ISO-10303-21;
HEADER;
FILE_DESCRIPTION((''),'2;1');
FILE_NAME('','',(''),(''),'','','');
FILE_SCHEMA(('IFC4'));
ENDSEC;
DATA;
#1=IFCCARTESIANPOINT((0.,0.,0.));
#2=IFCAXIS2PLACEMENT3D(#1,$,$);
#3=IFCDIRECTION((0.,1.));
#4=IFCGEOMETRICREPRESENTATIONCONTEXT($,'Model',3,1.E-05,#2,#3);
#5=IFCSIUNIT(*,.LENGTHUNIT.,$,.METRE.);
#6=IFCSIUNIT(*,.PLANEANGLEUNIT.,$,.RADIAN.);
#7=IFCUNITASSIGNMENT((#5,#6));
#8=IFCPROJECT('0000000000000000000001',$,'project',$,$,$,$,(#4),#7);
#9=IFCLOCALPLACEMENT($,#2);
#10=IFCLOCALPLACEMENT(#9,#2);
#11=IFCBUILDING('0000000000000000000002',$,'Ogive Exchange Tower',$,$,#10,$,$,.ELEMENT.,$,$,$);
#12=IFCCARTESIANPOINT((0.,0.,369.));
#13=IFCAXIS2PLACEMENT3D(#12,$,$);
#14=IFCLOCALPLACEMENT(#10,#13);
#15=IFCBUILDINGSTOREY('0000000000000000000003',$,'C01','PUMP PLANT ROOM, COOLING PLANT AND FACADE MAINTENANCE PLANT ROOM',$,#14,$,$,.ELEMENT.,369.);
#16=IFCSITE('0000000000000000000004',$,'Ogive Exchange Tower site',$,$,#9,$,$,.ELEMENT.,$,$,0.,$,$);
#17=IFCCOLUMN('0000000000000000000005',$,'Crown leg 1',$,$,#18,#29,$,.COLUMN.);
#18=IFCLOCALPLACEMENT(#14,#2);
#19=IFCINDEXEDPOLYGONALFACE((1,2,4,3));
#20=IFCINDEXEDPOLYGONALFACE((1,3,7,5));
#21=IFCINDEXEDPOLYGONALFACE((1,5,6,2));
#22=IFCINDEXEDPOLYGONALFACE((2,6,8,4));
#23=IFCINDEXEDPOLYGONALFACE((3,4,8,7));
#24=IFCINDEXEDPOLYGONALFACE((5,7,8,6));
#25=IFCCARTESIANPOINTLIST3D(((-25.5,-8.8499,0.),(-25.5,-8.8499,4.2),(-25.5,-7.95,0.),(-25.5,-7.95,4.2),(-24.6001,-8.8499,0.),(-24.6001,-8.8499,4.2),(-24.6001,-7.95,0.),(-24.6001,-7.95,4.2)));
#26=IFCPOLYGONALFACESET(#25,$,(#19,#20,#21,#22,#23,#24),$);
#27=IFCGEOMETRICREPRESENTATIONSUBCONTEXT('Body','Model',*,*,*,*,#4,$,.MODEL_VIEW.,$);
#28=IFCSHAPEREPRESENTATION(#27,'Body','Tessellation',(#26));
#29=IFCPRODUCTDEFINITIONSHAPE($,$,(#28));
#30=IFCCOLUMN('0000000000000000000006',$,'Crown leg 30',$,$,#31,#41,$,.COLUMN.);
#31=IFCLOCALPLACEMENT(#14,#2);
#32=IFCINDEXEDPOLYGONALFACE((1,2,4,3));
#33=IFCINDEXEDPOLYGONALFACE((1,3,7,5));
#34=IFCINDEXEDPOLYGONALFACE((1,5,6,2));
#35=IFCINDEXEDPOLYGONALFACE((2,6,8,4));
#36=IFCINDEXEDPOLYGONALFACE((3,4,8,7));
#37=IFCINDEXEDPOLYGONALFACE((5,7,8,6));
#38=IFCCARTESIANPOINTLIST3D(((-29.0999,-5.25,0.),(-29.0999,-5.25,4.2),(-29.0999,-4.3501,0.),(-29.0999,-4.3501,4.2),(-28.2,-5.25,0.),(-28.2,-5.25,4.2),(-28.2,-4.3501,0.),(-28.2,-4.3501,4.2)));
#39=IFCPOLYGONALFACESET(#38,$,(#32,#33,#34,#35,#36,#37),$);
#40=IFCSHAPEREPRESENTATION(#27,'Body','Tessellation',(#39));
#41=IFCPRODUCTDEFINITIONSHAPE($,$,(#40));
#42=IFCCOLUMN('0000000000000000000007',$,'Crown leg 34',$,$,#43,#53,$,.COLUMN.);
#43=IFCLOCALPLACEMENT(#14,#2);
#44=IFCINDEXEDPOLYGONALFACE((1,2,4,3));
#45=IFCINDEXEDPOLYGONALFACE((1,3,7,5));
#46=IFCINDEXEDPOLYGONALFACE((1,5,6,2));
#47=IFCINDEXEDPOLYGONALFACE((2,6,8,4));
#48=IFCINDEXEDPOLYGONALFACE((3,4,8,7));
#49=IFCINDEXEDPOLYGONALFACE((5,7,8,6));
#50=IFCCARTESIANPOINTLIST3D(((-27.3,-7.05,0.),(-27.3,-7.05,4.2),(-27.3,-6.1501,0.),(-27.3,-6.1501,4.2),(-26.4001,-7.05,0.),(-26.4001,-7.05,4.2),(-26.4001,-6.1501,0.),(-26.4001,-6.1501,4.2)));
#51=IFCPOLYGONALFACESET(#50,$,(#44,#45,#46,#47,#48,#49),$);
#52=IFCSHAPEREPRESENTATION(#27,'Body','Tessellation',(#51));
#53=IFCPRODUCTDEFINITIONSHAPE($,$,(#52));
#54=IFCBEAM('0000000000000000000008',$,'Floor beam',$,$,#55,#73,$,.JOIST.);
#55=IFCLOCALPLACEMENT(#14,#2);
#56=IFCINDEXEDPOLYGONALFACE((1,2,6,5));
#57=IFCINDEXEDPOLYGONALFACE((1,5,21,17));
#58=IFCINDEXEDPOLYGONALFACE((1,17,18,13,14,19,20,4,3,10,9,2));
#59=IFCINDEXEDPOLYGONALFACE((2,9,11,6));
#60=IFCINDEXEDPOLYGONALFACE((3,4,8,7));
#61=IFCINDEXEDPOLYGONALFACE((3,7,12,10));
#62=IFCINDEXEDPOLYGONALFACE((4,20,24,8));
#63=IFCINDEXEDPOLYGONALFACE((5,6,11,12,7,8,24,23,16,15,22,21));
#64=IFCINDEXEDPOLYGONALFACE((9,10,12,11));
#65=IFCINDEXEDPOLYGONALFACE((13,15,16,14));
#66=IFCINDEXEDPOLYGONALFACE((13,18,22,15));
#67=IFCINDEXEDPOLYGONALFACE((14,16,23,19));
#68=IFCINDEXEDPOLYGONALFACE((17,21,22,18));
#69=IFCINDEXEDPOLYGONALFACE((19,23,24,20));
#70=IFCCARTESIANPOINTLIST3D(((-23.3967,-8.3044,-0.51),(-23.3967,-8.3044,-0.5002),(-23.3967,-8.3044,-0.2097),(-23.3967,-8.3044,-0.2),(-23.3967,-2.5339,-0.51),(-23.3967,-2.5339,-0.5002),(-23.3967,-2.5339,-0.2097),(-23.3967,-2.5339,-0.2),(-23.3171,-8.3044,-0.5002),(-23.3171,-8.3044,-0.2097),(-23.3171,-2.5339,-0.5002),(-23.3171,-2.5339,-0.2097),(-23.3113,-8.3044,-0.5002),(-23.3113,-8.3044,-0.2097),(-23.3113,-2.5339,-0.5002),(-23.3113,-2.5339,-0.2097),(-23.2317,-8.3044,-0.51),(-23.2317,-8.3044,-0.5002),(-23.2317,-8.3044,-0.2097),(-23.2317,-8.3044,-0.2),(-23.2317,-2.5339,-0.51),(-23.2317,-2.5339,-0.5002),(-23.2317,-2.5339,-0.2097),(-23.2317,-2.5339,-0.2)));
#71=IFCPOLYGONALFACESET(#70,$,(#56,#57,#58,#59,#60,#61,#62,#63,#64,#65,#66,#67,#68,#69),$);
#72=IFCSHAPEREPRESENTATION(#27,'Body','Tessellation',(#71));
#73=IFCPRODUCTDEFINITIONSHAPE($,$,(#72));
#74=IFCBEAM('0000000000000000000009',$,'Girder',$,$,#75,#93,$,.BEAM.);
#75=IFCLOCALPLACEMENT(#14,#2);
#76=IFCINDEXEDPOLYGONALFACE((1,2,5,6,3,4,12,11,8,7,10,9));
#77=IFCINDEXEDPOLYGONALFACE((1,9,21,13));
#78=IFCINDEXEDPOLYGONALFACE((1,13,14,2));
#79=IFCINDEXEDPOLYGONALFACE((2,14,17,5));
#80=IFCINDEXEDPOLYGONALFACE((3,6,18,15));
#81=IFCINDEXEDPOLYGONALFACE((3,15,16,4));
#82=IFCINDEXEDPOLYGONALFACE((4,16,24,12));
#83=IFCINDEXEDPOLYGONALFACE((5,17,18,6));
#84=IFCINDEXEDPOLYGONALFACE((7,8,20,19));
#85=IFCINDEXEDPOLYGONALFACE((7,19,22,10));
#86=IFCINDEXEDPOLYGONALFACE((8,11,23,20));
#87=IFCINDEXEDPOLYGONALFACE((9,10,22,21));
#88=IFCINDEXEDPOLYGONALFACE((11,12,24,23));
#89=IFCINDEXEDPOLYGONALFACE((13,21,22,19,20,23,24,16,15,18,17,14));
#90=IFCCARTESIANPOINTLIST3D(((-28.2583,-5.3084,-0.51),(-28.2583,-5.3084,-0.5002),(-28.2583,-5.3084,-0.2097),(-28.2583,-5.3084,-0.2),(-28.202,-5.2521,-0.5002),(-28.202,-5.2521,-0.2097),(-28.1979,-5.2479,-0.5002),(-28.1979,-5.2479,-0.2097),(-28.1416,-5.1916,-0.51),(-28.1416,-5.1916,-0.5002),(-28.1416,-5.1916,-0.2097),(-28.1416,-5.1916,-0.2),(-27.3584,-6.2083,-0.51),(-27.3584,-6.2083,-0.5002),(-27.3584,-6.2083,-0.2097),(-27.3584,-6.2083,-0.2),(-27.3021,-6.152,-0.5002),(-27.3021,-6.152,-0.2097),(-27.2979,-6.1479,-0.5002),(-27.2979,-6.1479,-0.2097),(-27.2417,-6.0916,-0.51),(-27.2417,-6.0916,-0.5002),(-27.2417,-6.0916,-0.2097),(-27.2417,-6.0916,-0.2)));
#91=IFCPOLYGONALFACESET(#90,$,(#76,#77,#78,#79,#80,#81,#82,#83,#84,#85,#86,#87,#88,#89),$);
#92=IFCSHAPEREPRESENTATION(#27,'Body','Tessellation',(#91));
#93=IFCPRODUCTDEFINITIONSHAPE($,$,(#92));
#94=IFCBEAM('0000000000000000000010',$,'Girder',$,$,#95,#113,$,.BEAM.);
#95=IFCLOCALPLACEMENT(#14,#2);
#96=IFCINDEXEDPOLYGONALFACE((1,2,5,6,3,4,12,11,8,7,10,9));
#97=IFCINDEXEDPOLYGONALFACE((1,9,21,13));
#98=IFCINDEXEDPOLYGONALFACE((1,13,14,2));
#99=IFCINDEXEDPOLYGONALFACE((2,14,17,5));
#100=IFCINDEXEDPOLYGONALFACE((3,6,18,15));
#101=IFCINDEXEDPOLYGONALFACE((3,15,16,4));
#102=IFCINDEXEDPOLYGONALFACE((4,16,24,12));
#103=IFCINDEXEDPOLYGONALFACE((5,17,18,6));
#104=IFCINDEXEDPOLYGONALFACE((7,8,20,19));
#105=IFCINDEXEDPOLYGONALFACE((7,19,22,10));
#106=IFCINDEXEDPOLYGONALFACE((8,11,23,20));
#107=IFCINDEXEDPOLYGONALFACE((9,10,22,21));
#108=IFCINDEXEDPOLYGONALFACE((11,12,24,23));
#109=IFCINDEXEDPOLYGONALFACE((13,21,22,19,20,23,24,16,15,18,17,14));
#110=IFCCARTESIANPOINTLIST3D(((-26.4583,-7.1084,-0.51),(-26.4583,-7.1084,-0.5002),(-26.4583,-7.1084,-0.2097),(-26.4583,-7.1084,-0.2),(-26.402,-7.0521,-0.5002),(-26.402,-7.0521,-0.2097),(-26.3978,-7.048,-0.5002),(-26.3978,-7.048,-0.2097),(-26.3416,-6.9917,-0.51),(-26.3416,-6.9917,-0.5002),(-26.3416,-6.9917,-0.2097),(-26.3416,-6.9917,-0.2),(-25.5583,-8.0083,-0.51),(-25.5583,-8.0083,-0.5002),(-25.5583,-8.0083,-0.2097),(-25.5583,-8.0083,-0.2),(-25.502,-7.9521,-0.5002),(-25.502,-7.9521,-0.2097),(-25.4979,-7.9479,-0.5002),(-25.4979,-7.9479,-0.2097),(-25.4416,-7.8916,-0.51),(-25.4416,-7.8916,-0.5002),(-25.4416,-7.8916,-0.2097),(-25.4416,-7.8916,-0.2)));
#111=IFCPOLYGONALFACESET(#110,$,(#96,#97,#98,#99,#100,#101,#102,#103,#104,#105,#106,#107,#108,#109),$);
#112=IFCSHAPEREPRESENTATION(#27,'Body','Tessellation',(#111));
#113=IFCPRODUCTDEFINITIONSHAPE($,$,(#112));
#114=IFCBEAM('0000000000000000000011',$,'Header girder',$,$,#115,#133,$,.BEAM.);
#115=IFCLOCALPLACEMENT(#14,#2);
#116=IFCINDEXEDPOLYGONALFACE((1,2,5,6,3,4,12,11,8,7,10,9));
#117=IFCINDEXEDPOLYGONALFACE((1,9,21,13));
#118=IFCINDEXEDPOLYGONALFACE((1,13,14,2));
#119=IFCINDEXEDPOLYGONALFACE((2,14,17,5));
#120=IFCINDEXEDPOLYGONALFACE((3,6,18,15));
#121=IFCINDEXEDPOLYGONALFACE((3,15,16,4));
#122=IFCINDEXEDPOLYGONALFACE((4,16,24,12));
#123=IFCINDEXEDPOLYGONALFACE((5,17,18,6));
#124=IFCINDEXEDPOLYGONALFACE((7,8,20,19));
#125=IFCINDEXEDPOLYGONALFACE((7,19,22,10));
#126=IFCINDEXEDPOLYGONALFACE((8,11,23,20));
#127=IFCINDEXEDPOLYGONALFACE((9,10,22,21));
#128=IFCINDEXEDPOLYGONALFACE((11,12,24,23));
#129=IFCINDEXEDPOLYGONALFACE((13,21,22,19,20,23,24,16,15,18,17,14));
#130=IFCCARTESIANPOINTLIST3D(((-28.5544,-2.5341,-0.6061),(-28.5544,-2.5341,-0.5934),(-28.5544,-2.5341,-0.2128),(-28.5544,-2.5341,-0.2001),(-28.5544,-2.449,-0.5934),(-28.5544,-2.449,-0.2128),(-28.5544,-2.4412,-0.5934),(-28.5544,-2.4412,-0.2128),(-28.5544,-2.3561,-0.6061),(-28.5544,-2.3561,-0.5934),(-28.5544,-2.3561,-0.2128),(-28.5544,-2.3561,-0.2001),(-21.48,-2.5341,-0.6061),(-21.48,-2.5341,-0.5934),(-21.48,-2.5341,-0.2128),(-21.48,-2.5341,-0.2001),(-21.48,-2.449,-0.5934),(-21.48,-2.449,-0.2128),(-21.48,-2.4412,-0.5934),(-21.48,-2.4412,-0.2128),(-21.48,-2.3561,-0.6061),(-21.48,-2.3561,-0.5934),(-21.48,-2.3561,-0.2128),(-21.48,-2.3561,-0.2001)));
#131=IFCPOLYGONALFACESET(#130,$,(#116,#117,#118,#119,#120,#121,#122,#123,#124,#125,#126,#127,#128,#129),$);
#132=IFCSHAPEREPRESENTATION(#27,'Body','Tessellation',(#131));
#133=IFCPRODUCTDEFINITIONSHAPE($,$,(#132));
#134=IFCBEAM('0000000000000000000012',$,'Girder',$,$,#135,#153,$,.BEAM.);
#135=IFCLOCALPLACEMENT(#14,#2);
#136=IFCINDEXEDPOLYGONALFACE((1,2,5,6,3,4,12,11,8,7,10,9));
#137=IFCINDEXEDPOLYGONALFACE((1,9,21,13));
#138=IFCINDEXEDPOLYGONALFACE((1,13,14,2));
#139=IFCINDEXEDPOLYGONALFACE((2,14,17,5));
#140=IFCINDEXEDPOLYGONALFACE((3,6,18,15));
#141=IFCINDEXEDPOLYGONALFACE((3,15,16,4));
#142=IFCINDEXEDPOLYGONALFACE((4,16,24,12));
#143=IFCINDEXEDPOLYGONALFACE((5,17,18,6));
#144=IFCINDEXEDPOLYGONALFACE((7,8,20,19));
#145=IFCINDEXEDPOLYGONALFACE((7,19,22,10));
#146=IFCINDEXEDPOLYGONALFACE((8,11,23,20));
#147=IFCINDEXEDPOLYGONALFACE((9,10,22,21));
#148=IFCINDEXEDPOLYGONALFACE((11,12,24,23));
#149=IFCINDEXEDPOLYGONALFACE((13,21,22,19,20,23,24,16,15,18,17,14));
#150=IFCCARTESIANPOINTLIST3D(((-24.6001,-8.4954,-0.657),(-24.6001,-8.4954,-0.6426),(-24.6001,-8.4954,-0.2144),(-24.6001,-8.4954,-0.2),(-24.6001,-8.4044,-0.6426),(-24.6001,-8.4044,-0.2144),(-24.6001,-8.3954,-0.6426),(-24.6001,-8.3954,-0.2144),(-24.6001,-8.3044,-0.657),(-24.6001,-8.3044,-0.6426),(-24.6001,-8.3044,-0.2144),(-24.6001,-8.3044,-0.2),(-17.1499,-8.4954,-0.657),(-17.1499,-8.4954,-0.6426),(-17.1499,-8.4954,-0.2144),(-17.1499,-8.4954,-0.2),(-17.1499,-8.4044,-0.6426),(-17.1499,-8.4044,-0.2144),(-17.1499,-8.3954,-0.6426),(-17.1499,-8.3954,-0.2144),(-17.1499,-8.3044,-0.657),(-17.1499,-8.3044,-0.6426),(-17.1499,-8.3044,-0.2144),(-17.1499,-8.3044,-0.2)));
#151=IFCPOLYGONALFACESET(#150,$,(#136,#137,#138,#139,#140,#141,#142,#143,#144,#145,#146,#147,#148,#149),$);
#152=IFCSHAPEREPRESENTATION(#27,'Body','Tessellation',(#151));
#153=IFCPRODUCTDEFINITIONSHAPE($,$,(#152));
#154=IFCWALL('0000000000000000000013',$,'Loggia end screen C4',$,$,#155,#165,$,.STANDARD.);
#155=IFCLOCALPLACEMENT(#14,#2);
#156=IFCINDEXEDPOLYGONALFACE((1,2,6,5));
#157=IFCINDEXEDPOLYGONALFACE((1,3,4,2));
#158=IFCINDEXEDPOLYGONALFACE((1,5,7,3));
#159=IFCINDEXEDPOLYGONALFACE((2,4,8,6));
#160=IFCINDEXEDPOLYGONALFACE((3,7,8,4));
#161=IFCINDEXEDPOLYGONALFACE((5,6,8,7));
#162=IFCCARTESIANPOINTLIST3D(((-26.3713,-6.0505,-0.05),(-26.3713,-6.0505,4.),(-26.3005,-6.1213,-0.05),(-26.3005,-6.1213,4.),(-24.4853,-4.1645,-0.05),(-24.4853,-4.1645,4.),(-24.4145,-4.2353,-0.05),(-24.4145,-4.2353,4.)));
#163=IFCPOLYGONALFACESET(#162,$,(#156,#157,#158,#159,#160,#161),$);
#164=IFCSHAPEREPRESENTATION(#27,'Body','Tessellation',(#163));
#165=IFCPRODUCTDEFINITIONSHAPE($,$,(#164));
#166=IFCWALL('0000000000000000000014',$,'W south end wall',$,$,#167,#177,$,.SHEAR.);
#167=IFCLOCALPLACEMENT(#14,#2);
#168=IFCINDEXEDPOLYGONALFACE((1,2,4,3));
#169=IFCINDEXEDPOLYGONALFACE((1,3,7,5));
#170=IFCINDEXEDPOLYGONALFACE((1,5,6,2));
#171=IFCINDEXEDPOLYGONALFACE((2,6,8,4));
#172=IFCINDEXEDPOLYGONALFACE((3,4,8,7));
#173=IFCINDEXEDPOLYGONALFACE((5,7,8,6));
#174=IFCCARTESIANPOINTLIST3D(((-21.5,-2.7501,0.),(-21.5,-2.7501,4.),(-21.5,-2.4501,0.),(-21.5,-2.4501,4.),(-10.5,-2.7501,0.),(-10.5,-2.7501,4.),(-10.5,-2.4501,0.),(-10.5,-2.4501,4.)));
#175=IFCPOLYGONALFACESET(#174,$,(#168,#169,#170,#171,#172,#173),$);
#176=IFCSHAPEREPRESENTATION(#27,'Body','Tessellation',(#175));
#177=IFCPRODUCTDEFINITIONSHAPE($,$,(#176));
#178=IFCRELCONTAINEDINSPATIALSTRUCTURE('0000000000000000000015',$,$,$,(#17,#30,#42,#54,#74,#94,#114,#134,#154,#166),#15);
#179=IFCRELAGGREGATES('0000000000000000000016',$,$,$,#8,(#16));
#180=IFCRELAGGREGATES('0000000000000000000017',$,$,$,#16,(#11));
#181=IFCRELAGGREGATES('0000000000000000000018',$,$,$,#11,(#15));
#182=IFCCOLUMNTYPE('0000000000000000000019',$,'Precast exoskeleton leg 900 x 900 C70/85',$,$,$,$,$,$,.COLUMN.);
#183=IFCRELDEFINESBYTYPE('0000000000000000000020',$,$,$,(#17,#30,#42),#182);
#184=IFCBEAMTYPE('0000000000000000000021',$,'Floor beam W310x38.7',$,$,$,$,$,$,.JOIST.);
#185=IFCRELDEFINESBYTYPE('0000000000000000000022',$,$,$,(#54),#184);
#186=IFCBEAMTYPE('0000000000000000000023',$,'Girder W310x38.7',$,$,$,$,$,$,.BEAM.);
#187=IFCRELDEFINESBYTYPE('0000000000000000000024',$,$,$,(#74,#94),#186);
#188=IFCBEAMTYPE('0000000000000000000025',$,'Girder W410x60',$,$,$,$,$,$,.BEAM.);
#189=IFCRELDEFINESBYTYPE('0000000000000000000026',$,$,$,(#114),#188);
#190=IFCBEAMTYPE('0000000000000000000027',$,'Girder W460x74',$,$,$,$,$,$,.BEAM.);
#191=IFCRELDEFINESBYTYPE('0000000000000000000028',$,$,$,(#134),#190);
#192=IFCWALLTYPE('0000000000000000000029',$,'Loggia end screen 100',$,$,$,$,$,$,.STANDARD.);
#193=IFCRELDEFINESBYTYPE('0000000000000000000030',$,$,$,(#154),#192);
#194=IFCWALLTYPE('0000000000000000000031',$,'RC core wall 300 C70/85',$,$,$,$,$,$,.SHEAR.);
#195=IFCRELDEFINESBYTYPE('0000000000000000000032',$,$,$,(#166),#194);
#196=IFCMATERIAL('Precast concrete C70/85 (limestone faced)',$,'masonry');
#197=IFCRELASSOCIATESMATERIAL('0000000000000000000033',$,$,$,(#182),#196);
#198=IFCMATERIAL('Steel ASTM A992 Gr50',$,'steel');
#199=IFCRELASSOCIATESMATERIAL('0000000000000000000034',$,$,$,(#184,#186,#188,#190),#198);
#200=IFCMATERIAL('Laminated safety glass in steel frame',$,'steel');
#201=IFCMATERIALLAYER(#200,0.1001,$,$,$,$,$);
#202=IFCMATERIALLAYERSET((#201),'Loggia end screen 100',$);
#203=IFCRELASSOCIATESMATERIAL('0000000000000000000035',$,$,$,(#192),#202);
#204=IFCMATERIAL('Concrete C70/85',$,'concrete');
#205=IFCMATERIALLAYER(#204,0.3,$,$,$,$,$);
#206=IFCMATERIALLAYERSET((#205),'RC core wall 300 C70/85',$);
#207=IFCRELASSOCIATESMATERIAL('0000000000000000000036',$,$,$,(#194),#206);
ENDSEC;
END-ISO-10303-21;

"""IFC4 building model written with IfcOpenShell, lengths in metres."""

from ifc_helpers import new_model, si_unit, direction, frame, frame_2d, origin, origin_2d, place, context, subcontext, project, spatial, rectangle, i_section, extrude, material, layer, layer_set, material_profile, profile_set, type_object, element, save


model = new_model("IFC4")

# Units and contexts
model_context = context("Model", 3, precision=1e-05, world=origin(), true_north=direction((0.0, 1.0)))
body_context = subcontext(model_context, "Body", "Model", "MODEL_VIEW")
ifc_project = project(units=[si_unit("LENGTHUNIT", "METRE"), si_unit("PLANEANGLEUNIT", "RADIAN")], contexts=[model_context])

# Site, building, storey
site_placement = place(None, origin())
site = spatial("IfcSite", under=ifc_project, at=site_placement, Name="Ogive Exchange Tower site", CompositionType="ELEMENT", RefElevation=0.0)
building_placement = place(site_placement, origin())
building = spatial("IfcBuilding", under=site, at=building_placement, Name="Ogive Exchange Tower", CompositionType="ELEMENT")
storey_placement = place(building_placement, frame((0.0, 0.0, 369.0)))
storey = spatial("IfcBuildingStorey", under=building, at=storey_placement, Name="C01", Description="PUMP PLANT ROOM, COOLING PLANT AND FACADE MAINTENANCE PLANT ROOM", CompositionType="ELEMENT", Elevation=369.0)

# Columns
ifc_material_1 = material(Name="Precast concrete C70/85 (limestone faced)", Category="masonry")
ifc_material_profile_1 = material_profile(ifc_material_1, rectangle(XDim=0.8999, YDim=0.8999, at=origin_2d()), Name="900 x 900")
ifc_profile_set_1 = profile_set([ifc_material_profile_1], Name="Precast concrete C70/85 (limestone faced)")
column_type = type_object("IfcColumnType", Name="Precast exoskeleton leg 900 x 900 C70/85", PredefinedType="COLUMN", material=ifc_profile_set_1)
for number, where, z_axis, x_axis, name in (
    (1, (-25.05, -8.3999, 0.0), (0.0, 0.0, 1.0), (1.0, 0.0, 0.0), "Crown leg 1"),
    (2, (-28.6499, -4.8, 0.0), (0.0, 0.0, 1.0), (1.0, 0.0, 0.0), "Crown leg 30"),
    (3, (-26.8501, -6.6001, 0.0), (0.0, 0.0, 1.0), (1.0, 0.0, 0.0), "Crown leg 34"),
):
    element("IfcColumn", number, at=place(storey_placement, frame(where, z_axis=z_axis, x_axis=x_axis)), inside=storey, type_object=column_type, Name=name, PredefinedType="COLUMN", context=body_context, shape_type="SweptSolid", body=[
        extrude(rectangle(XDim=0.8999, YDim=0.8999, at=origin_2d()), origin(), (0.0, 0.0, 1.0), 4.2),
    ])

# Beams
ifc_material_2 = material(Name="Steel ASTM A992 Gr50", Category="steel")
ifc_material_profile_2 = material_profile(ifc_material_2, i_section(OverallWidth=0.165, OverallDepth=0.3101, WebThickness=0.0059, FlangeThickness=0.0098, at=origin_2d()), Name="W310x38.7")
ifc_profile_set_2 = profile_set([ifc_material_profile_2], Name="Steel ASTM A992 Gr50")
beam_type_1 = type_object("IfcBeamType", Name="Floor beam W310x38.7", PredefinedType="JOIST", material=ifc_profile_set_2)
beam_1_placement = place(storey_placement, frame((-23.3142, -8.3044, -0.355), z_axis=(0.0, 1.0, 0.0), x_axis=(-1.0, 0.0, 0.0)))
element("IfcBeam", 4, at=beam_1_placement, inside=storey, type_object=beam_type_1, Name="Floor beam", PredefinedType="JOIST", context=body_context, shape_type="SweptSolid", body=[
    extrude(i_section(OverallWidth=0.165, OverallDepth=0.3101, WebThickness=0.0059, FlangeThickness=0.0098, at=origin_2d()), origin(), (0.0, 0.0, 1.0), 5.7705),
])
ifc_material_profile_3 = material_profile(ifc_material_2, i_section(OverallWidth=0.165, OverallDepth=0.3101, WebThickness=0.0059, FlangeThickness=0.0098, at=origin_2d()), Name="W310x38.7")
ifc_profile_set_3 = profile_set([ifc_material_profile_3], Name="Steel ASTM A992 Gr50")
beam_type_2 = type_object("IfcBeamType", Name="Girder W310x38.7", PredefinedType="BEAM", material=ifc_profile_set_3)
for number, where, z_axis, x_axis, name in (
    (5, (-28.2, -5.25, -0.355), (0.707107, -0.707107, 0.0), (0.707107, 0.707107, 0.0), "Girder"),
    (6, (-26.3999, -7.05, -0.355), (0.707107, -0.707107, 0.0), (0.707107, 0.707107, 0.0), "Girder"),
):
    element("IfcBeam", number, at=place(storey_placement, frame(where, z_axis=z_axis, x_axis=x_axis)), inside=storey, type_object=beam_type_2, Name=name, PredefinedType="BEAM", context=body_context, shape_type="SweptSolid", body=[
        extrude(i_section(OverallWidth=0.165, OverallDepth=0.3101, WebThickness=0.0059, FlangeThickness=0.0098, at=origin_2d()), origin(), (0.0, 0.0, 1.0), 1.2727),
    ])
ifc_material_profile_4 = material_profile(ifc_material_2, i_section(OverallWidth=0.178, OverallDepth=0.406, WebThickness=0.0078, FlangeThickness=0.0127, at=origin_2d()), Name="W410x60")
ifc_profile_set_4 = profile_set([ifc_material_profile_4], Name="Steel ASTM A992 Gr50")
beam_type_3 = type_object("IfcBeamType", Name="Girder W410x60", PredefinedType="BEAM", material=ifc_profile_set_4)
beam_2_placement = place(storey_placement, frame((-28.5544, -2.4451, -0.4031), z_axis=(1.0, 0.0, 0.0), x_axis=(0.0, 1.0, 0.0)))
element("IfcBeam", 7, at=beam_2_placement, inside=storey, type_object=beam_type_3, Name="Header girder", PredefinedType="BEAM", context=body_context, shape_type="SweptSolid", body=[
    extrude(i_section(OverallWidth=0.178, OverallDepth=0.406, WebThickness=0.0078, FlangeThickness=0.0127, at=origin_2d()), origin(), (0.0, 0.0, 1.0), 7.0745),
])
ifc_material_profile_5 = material_profile(ifc_material_2, i_section(OverallWidth=0.1909, OverallDepth=0.457, WebThickness=0.009, FlangeThickness=0.0144, at=origin_2d()), Name="W460x74")
ifc_profile_set_5 = profile_set([ifc_material_profile_5], Name="Steel ASTM A992 Gr50")
beam_type_4 = type_object("IfcBeamType", Name="Girder W460x74", PredefinedType="BEAM", material=ifc_profile_set_5)
beam_3_placement = place(storey_placement, frame((-24.6001, -8.3999, -0.4285), z_axis=(1.0, 0.0, 0.0), x_axis=(0.0, 1.0, 0.0)))
element("IfcBeam", 8, at=beam_3_placement, inside=storey, type_object=beam_type_4, Name="Girder", PredefinedType="BEAM", context=body_context, shape_type="SweptSolid", body=[
    extrude(i_section(OverallWidth=0.1909, OverallDepth=0.457, WebThickness=0.009, FlangeThickness=0.0144, at=origin_2d()), origin(), (0.0, 0.0, 1.0), 7.4502),
])

# Walls
ifc_material_3 = material(Name="Laminated safety glass in steel frame", Category="steel")
ifc_layer_1 = layer(ifc_material_3, 0.1001)
ifc_layer_set_1 = layer_set([ifc_layer_1], Name="Loggia end screen 100")
wall_type_1 = type_object("IfcWallType", Name="Loggia end screen 100", PredefinedType="STANDARD", material=ifc_layer_set_1)
wall_1_placement = place(storey_placement, frame((-24.45, -4.2, -0.05), z_axis=(0.0, 0.0, 1.0), x_axis=(-0.707107, -0.707107, 0.0)))
element("IfcWall", 9, at=wall_1_placement, inside=storey, type_object=wall_type_1, Name="Loggia end screen C4", PredefinedType="STANDARD", context=body_context, shape_type="SweptSolid", body=[
    extrude(rectangle(XDim=2.6672, YDim=0.1001, at=frame_2d((1.3335, 0.0))), origin(), (0.0, 0.0, 1.0), 4.05),
])
ifc_material_4 = material(Name="Concrete C70/85", Category="concrete")
ifc_layer_2 = layer(ifc_material_4, 0.3)
ifc_layer_set_2 = layer_set([ifc_layer_2], Name="RC core wall 300 C70/85")
wall_type_2 = type_object("IfcWallType", Name="RC core wall 300 C70/85", PredefinedType="SHEAR", material=ifc_layer_set_2)
wall_2_placement = place(storey_placement, frame((-21.5, -2.6001, 0.0), z_axis=(0.0, 0.0, 1.0), x_axis=(1.0, 0.0, 0.0)))
element("IfcWall", 10, at=wall_2_placement, inside=storey, type_object=wall_type_2, Name="W south end wall", PredefinedType="SHEAR", context=body_context, shape_type="SweptSolid", body=[
    extrude(rectangle(XDim=11.0, YDim=0.3, at=frame_2d((5.5, 0.0))), origin(), (0.0, 0.0, 1.0), 4.0),
])

save(model, "model.ifc")
